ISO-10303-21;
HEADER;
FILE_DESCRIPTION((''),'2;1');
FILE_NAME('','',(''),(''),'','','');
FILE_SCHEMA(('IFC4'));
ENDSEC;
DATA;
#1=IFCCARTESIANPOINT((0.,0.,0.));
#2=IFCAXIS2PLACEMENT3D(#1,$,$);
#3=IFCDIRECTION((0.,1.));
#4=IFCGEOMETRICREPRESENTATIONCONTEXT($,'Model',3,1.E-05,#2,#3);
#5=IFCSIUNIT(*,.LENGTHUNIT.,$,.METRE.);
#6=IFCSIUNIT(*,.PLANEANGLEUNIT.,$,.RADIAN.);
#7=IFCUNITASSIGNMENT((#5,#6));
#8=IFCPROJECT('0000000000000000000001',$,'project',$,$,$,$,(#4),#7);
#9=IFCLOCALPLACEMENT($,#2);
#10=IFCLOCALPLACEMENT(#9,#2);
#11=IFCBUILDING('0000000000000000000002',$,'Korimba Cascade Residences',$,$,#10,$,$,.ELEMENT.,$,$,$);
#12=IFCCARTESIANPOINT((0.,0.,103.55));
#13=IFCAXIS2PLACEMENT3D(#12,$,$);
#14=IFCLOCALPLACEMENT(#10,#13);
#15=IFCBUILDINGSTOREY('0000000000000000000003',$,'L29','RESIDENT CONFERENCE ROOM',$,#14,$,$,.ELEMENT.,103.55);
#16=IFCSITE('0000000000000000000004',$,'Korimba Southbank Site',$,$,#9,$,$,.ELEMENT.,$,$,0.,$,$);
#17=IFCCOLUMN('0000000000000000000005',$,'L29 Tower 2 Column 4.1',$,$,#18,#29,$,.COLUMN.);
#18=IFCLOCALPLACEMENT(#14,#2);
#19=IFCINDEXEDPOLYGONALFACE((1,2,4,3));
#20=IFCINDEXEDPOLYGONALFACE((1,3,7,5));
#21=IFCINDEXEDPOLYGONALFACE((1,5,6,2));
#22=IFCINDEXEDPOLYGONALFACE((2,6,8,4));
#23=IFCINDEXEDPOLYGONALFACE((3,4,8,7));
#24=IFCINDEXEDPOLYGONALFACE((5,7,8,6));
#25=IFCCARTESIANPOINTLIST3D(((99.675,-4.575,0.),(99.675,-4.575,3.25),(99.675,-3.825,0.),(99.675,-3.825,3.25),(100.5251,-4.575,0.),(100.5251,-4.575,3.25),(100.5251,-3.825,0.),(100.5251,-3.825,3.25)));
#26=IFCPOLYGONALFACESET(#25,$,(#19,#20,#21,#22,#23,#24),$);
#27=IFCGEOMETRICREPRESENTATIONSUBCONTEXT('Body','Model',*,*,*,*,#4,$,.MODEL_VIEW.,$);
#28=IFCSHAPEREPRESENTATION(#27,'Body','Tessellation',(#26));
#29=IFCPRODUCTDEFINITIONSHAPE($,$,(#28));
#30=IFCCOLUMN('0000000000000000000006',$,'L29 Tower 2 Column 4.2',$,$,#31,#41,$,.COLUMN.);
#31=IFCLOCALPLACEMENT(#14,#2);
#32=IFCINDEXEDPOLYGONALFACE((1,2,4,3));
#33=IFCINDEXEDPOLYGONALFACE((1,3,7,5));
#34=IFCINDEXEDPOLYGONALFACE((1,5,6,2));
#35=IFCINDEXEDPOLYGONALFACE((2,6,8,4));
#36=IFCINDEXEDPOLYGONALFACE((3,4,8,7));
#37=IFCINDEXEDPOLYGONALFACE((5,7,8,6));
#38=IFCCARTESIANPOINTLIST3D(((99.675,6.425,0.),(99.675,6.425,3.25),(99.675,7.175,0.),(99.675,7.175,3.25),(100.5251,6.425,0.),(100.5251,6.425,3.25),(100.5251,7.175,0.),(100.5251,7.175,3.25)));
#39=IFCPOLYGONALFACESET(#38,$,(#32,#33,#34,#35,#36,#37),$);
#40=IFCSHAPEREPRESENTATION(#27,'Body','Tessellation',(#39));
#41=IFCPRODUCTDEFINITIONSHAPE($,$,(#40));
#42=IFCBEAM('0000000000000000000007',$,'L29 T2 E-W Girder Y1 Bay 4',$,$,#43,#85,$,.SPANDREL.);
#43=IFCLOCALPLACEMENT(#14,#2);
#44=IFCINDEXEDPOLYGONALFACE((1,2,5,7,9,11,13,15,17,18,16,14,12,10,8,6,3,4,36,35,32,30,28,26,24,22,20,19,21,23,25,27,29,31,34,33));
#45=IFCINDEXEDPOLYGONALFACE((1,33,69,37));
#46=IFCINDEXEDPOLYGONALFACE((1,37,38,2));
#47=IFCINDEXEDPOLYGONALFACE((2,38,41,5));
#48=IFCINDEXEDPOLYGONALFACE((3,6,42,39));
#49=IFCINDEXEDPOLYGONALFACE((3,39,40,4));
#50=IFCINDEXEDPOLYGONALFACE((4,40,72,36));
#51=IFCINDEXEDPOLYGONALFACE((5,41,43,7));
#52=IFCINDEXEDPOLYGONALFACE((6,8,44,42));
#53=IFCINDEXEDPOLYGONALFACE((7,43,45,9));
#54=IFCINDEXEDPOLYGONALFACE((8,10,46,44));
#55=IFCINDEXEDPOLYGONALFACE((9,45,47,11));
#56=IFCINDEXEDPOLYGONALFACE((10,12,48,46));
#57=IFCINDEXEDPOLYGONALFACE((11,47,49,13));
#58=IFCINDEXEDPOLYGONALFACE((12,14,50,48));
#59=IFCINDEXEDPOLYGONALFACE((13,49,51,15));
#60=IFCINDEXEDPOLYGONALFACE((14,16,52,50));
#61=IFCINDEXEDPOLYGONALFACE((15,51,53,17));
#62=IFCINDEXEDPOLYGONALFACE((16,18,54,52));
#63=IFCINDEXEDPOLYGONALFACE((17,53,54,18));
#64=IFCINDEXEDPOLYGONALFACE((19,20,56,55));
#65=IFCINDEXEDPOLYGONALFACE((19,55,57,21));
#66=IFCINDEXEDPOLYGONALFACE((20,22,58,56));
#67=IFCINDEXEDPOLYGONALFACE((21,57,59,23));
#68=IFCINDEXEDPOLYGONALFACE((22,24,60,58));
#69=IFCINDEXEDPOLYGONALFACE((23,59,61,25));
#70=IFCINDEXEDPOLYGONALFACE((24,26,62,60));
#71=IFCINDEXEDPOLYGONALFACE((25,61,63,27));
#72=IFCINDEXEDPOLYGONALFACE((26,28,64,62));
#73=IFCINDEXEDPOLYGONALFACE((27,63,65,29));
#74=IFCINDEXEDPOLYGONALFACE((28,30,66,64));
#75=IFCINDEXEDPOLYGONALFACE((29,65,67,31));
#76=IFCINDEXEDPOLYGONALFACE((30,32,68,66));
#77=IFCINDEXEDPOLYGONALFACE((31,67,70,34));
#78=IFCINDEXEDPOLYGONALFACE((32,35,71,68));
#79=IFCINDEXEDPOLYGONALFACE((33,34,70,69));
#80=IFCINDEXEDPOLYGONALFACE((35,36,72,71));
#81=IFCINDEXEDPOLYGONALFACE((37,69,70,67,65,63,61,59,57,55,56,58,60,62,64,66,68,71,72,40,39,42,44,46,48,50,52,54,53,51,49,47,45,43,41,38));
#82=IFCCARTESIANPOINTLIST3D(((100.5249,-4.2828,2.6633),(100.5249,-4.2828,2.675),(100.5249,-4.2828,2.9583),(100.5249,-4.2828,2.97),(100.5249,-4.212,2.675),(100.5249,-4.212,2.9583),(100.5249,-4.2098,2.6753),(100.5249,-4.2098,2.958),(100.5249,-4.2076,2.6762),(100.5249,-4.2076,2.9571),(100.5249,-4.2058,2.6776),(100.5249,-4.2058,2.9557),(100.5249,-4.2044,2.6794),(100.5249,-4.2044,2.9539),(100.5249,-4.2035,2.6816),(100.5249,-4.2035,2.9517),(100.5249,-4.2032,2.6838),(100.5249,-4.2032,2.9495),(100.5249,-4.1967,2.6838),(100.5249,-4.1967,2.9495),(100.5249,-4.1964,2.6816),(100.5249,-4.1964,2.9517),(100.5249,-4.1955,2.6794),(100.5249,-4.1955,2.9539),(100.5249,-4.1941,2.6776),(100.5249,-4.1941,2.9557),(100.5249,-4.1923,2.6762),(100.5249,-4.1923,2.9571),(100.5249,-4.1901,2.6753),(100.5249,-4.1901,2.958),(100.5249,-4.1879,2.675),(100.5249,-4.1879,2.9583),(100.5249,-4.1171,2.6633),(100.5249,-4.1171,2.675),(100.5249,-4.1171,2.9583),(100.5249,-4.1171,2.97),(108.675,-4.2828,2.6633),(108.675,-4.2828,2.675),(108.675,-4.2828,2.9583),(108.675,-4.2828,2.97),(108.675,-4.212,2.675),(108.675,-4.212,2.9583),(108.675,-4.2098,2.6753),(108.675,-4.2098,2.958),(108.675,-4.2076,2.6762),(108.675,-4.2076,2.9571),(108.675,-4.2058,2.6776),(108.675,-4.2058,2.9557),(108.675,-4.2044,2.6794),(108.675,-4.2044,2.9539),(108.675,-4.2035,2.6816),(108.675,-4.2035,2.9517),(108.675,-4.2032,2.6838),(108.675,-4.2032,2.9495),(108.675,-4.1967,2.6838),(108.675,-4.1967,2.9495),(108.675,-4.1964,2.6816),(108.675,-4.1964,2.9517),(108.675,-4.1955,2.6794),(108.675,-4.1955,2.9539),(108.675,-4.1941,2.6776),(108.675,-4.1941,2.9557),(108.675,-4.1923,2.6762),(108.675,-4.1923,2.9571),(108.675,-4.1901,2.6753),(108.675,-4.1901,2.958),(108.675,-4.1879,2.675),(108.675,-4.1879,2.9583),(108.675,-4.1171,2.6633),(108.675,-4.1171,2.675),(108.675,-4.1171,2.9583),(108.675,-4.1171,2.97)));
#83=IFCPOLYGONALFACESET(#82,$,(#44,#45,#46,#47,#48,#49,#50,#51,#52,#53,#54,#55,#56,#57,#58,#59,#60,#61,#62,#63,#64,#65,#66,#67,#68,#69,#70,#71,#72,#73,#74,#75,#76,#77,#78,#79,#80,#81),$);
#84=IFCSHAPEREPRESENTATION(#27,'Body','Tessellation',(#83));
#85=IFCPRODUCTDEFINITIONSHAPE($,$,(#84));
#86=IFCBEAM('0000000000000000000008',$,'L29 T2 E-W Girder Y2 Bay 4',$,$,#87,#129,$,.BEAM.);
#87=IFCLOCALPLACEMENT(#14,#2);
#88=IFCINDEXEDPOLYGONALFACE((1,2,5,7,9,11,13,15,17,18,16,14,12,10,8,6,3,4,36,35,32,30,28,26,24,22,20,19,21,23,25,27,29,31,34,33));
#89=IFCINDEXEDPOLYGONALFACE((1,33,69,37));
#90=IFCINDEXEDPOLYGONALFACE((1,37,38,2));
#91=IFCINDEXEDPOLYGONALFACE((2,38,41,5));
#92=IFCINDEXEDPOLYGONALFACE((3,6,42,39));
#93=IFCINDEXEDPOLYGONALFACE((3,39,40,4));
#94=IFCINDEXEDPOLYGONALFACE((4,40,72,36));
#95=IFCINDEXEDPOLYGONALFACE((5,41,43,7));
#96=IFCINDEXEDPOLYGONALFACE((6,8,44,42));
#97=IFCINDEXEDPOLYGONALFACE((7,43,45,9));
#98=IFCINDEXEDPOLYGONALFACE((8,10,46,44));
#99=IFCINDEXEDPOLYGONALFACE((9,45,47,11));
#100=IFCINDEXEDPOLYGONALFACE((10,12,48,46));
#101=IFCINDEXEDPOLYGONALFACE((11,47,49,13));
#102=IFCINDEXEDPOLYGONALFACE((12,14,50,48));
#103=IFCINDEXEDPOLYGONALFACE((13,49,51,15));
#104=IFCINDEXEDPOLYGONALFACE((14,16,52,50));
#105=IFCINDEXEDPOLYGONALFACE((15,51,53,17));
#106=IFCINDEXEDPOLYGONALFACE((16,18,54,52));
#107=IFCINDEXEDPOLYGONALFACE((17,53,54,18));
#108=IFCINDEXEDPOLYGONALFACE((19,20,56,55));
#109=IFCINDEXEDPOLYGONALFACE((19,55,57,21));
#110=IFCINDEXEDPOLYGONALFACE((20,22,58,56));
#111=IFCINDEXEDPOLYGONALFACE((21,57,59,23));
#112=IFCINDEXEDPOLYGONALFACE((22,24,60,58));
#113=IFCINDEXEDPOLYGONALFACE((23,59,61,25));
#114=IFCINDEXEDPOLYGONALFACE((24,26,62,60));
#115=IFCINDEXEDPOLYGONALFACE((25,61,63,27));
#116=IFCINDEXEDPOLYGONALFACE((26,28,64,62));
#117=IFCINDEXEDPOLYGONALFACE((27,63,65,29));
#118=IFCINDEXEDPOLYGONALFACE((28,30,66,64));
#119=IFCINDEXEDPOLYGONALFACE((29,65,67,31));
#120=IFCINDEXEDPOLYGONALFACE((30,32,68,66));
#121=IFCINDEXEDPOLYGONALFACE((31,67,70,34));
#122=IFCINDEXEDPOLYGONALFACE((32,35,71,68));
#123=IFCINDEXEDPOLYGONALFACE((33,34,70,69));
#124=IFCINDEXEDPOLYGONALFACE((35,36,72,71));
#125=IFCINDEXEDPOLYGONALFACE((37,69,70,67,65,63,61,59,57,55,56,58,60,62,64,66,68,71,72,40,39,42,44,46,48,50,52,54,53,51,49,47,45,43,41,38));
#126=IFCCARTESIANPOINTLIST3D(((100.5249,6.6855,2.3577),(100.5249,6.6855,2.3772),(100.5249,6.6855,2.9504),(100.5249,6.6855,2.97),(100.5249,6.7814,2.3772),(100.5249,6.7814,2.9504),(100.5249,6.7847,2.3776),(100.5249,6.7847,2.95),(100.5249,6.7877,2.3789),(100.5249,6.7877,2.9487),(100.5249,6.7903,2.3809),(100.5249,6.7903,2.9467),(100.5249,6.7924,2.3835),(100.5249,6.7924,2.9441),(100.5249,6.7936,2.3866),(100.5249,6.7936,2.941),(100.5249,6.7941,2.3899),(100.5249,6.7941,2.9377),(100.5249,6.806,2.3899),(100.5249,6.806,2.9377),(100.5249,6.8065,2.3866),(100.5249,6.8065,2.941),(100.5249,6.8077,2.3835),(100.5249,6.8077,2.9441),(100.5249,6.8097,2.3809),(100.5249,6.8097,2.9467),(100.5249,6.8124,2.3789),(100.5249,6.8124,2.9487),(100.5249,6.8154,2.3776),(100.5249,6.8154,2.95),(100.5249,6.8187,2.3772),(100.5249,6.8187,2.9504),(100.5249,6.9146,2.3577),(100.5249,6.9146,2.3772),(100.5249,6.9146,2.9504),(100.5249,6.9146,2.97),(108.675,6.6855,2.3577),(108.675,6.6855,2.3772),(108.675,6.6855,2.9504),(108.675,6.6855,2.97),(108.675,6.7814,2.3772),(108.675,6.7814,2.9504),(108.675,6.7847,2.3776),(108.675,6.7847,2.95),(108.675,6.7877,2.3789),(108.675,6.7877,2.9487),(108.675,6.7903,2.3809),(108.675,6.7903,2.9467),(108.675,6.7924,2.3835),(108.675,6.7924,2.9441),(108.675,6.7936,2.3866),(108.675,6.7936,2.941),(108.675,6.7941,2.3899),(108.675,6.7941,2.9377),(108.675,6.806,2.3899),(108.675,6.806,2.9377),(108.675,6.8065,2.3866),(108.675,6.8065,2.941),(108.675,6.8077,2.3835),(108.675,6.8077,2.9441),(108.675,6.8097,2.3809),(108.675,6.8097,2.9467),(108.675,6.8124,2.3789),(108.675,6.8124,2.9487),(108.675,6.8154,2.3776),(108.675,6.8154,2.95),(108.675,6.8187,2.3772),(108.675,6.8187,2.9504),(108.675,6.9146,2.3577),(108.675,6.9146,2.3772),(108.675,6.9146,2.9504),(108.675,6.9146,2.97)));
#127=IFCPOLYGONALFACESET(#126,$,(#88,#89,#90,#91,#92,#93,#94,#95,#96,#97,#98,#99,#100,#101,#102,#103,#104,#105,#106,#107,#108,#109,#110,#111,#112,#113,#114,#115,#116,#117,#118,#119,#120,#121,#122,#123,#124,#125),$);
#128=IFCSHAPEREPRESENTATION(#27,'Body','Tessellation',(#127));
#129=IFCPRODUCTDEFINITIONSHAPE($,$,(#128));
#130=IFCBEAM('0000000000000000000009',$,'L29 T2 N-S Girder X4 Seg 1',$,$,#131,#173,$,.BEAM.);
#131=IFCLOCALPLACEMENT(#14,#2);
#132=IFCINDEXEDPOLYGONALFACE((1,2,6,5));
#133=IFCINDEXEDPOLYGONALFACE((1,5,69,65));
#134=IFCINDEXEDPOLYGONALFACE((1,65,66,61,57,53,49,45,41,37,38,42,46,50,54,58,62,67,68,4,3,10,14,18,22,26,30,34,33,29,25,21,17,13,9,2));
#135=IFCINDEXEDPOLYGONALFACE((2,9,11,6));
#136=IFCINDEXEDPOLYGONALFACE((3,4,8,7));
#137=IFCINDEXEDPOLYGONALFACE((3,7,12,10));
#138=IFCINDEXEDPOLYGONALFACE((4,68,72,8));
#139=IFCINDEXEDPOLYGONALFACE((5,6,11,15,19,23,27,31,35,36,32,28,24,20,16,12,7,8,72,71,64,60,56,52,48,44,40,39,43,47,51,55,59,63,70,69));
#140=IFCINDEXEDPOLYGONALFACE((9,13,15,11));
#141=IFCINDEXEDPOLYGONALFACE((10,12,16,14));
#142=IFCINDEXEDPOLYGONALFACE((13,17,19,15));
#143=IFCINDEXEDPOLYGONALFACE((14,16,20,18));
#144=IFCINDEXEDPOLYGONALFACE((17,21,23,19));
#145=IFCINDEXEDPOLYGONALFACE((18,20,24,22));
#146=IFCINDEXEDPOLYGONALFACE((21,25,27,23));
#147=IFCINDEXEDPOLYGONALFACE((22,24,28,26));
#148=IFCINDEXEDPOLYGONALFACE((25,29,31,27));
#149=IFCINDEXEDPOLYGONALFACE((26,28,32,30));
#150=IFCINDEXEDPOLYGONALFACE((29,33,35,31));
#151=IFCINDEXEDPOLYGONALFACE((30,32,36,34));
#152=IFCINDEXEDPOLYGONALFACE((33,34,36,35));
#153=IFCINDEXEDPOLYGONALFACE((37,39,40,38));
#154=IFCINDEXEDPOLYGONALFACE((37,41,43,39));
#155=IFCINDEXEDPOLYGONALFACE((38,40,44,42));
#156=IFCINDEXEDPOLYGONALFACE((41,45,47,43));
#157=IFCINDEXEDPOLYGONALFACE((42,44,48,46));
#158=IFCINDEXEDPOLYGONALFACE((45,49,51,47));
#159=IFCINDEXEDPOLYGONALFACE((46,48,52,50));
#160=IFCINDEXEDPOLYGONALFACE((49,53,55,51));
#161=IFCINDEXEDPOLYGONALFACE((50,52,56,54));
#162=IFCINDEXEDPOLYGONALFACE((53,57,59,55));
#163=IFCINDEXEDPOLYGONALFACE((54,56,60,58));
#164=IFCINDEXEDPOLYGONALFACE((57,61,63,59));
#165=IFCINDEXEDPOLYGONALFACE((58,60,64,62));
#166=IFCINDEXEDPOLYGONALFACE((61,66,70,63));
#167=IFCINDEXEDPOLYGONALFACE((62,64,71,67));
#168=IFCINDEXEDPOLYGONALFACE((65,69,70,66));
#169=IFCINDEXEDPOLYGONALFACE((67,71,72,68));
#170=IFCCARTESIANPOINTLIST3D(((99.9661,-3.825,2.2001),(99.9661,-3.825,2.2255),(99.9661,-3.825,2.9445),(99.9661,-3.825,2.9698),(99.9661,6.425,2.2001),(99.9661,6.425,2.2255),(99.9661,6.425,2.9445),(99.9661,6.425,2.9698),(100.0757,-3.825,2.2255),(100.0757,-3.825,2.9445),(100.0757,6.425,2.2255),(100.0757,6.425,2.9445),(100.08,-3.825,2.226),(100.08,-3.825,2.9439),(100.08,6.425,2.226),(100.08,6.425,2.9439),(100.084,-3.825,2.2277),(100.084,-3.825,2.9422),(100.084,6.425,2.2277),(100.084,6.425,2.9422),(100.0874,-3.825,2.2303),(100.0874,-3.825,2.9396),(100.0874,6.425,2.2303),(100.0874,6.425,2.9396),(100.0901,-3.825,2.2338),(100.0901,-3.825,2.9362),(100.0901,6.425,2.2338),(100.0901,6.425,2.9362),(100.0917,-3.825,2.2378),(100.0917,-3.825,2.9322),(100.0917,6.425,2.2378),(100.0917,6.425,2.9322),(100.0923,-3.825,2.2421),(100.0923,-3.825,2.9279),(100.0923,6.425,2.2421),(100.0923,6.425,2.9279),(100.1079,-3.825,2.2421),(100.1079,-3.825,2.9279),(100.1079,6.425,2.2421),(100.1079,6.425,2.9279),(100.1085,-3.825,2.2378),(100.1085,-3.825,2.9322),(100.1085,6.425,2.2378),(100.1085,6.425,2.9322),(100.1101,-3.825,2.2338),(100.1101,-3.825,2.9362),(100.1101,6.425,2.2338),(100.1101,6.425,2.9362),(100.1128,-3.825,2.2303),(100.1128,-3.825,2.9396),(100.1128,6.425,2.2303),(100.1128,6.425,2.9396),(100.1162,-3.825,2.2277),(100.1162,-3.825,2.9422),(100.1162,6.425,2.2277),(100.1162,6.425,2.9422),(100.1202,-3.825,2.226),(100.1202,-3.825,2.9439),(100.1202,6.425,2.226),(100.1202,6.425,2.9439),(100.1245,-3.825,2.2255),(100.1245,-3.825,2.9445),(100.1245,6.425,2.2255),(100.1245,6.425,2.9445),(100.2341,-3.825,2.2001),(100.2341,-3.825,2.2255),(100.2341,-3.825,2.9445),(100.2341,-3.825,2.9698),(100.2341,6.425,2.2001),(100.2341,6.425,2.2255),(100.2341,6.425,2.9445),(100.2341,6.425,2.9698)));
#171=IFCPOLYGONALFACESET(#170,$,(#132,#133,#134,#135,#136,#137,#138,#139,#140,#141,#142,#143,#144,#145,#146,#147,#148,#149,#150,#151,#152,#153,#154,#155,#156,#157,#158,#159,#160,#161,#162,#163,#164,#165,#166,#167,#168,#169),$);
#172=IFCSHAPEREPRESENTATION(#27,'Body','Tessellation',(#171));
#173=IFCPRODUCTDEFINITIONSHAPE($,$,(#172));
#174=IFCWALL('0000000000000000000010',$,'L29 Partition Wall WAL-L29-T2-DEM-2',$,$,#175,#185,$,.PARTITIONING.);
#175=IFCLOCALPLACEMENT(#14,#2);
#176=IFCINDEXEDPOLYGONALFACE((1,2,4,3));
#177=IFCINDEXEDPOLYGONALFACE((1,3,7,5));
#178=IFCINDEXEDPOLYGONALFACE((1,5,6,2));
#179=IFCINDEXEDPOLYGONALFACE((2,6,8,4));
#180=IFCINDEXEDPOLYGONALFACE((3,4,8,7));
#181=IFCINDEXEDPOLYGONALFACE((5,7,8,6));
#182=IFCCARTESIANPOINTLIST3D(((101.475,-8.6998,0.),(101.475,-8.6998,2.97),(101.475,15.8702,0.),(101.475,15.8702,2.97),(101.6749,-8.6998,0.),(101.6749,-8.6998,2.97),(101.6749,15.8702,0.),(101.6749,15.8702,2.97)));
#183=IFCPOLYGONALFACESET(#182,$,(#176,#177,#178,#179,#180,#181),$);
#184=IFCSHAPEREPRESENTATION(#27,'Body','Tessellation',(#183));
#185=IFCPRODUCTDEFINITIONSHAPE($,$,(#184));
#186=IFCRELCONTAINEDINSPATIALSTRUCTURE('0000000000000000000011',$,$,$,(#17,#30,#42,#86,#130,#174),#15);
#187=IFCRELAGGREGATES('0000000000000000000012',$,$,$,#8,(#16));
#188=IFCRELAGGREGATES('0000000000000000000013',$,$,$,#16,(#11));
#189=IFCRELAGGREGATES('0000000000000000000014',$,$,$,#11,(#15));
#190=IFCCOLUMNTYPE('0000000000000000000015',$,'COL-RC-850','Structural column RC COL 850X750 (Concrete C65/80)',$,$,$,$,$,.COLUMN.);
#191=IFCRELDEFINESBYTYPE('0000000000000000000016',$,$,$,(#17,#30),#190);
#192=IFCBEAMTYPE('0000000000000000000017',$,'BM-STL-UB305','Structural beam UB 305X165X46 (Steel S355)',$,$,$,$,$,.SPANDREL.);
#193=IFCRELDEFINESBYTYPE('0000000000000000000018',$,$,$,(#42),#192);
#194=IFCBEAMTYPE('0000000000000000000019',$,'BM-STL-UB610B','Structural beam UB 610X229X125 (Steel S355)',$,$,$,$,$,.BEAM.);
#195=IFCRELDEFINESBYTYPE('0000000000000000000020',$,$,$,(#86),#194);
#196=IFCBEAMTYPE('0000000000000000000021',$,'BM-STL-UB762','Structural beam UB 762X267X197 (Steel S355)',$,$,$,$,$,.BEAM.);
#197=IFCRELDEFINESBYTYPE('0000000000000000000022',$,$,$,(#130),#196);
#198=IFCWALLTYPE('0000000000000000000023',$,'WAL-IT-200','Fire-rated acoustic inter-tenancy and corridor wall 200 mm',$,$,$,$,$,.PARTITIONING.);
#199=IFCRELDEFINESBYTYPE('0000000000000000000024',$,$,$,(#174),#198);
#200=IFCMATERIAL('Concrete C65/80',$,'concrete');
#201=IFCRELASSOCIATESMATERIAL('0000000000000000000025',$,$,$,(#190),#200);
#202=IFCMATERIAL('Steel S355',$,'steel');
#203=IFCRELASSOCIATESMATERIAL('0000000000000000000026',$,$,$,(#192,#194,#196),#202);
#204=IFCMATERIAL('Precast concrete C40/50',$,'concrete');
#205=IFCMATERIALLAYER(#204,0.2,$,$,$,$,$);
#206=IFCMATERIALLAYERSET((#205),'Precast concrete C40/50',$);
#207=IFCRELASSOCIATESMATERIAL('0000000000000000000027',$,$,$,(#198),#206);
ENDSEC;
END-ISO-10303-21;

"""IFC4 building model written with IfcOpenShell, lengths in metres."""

from ifc_helpers import new_model, si_unit, direction, frame, frame_2d, origin, origin_2d, place, context, subcontext, project, spatial, rectangle, i_section, extrude, material, layer, layer_set, material_profile, profile_set, type_object, element, save


model = new_model("IFC4")

# Units and contexts
model_context = context("Model", 3, precision=1e-05, world=origin(), true_north=direction((0.0, 1.0)))
body_context = subcontext(model_context, "Body", "Model", "MODEL_VIEW")
ifc_project = project(units=[si_unit("LENGTHUNIT", "METRE"), si_unit("PLANEANGLEUNIT", "RADIAN")], contexts=[model_context])

# Site, building, storey
site_placement = place(None, origin())
site = spatial("IfcSite", under=ifc_project, at=site_placement, Name="Korimba Southbank Site", CompositionType="ELEMENT", RefElevation=0.0)
building_placement = place(site_placement, origin())
building = spatial("IfcBuilding", under=site, at=building_placement, Name="Korimba Cascade Residences", CompositionType="ELEMENT")
storey_placement = place(building_placement, frame((0.0, 0.0, 103.55)))
storey = spatial("IfcBuildingStorey", under=building, at=storey_placement, Name="L29", Description="RESIDENT CONFERENCE ROOM", CompositionType="ELEMENT", Elevation=103.55)

# Columns
ifc_material_1 = material(Name="Concrete C65/80", Category="concrete")
ifc_material_profile_1 = material_profile(ifc_material_1, rectangle(XDim=0.8501, YDim=0.75, at=origin_2d()), Name="Concrete C65/80")
ifc_profile_set_1 = profile_set([ifc_material_profile_1], Name="Concrete C65/80")
column_type = type_object("IfcColumnType", Name="COL-RC-850", Description="Structural column RC COL 850X750 (Concrete C65/80)", PredefinedType="COLUMN", material=ifc_profile_set_1)
for number, where, z_axis, x_axis, name in (
    (1, (100.1001, -4.2, 0.0), (0.0, 0.0, 1.0), (1.0, 0.0, 0.0), "L29 Tower 2 Column 4.1"),
    (2, (100.1001, 6.8, 0.0), (0.0, 0.0, 1.0), (1.0, 0.0, 0.0), "L29 Tower 2 Column 4.2"),
):
    element("IfcColumn", number, at=place(storey_placement, frame(where, z_axis=z_axis, x_axis=x_axis)), inside=storey, type_object=column_type, Name=name, PredefinedType="COLUMN", context=body_context, shape_type="SweptSolid", body=[
        extrude(rectangle(XDim=0.8501, YDim=0.75, at=origin_2d()), origin(), (0.0, 0.0, 1.0), 3.25),
    ])

# Beams
ifc_material_2 = material(Name="Steel S355", Category="steel")
ifc_material_profile_2 = material_profile(ifc_material_2, i_section(OverallWidth=0.1658, OverallDepth=0.3066, WebThickness=0.0066, FlangeThickness=0.0117, FilletRadius=0.0088, at=origin_2d()), Name="Steel S355")
ifc_profile_set_2 = profile_set([ifc_material_profile_2], Name="Steel S355")
beam_type_1 = type_object("IfcBeamType", Name="BM-STL-UB305", Description="Structural beam UB 305X165X46 (Steel S355)", PredefinedType="SPANDREL", material=ifc_profile_set_2)
beam_1_placement = place(storey_placement, frame((100.5249, -4.2, 2.8167), z_axis=(1.0, 0.0, 0.0), x_axis=(0.0, 1.0, 0.0)))
element("IfcBeam", 3, at=beam_1_placement, inside=storey, type_object=beam_type_1, Name="L29 T2 E-W Girder Y1 Bay 4", PredefinedType="SPANDREL", context=body_context, shape_type="SweptSolid", body=[
    extrude(i_section(OverallWidth=0.1658, OverallDepth=0.3066, WebThickness=0.0066, FlangeThickness=0.0117, FilletRadius=0.0088, at=origin_2d()), origin(), (0.0, 0.0, 1.0), 8.1501),
])
ifc_material_profile_3 = material_profile(ifc_material_2, i_section(OverallWidth=0.229, OverallDepth=0.6123, WebThickness=0.012, FlangeThickness=0.0195, FilletRadius=0.0127, at=origin_2d()), Name="Steel S355")
ifc_profile_set_3 = profile_set([ifc_material_profile_3], Name="Steel S355")
beam_type_2 = type_object("IfcBeamType", Name="BM-STL-UB610B", Description="Structural beam UB 610X229X125 (Steel S355)", PredefinedType="BEAM", material=ifc_profile_set_3)
beam_2_placement = place(storey_placement, frame((100.5249, 6.8, 2.6638), z_axis=(1.0, 0.0, 0.0), x_axis=(0.0, 1.0, 0.0)))
element("IfcBeam", 4, at=beam_2_placement, inside=storey, type_object=beam_type_2, Name="L29 T2 E-W Girder Y2 Bay 4", PredefinedType="BEAM", context=body_context, shape_type="SweptSolid", body=[
    extrude(i_section(OverallWidth=0.229, OverallDepth=0.6123, WebThickness=0.012, FlangeThickness=0.0195, FilletRadius=0.0127, at=origin_2d()), origin(), (0.0, 0.0, 1.0), 8.1501),
])
ifc_material_profile_4 = material_profile(ifc_material_2, i_section(OverallWidth=0.2681, OverallDepth=0.7698, WebThickness=0.0156, FlangeThickness=0.0254, FilletRadius=0.0166, at=origin_2d()), Name="Steel S355")
ifc_profile_set_4 = profile_set([ifc_material_profile_4], Name="Steel S355")
beam_type_3 = type_object("IfcBeamType", Name="BM-STL-UB762", Description="Structural beam UB 762X267X197 (Steel S355)", PredefinedType="BEAM", material=ifc_profile_set_4)
beam_3_placement = place(storey_placement, frame((100.1001, -3.825, 2.585), z_axis=(0.0, 1.0, 0.0), x_axis=(-1.0, 0.0, 0.0)))
element("IfcBeam", 5, at=beam_3_placement, inside=storey, type_object=beam_type_3, Name="L29 T2 N-S Girder X4 Seg 1", PredefinedType="BEAM", context=body_context, shape_type="SweptSolid", body=[
    extrude(i_section(OverallWidth=0.2681, OverallDepth=0.7698, WebThickness=0.0156, FlangeThickness=0.0254, FilletRadius=0.0166, at=origin_2d()), origin(), (0.0, 0.0, 1.0), 10.25),
])

# Wall
ifc_material_3 = material(Name="Precast concrete C40/50", Category="concrete")
ifc_layer_1 = layer(ifc_material_3, 0.2)
ifc_layer_set_1 = layer_set([ifc_layer_1], Name="Precast concrete C40/50")
wall_type_1 = type_object("IfcWallType", Name="WAL-IT-200", Description="Fire-rated acoustic inter-tenancy and corridor wall 200 mm", PredefinedType="PARTITIONING", material=ifc_layer_set_1)
wall_1_placement = place(storey_placement, frame((101.575, -8.7, 0.0), z_axis=(0.0, 0.0, 1.0), x_axis=(0.0, 1.0, 0.0)))
element("IfcWall", 6, at=wall_1_placement, inside=storey, type_object=wall_type_1, Name="L29 Partition Wall WAL-L29-T2-DEM-2", PredefinedType="PARTITIONING", context=body_context, shape_type="SweptSolid", body=[
    extrude(rectangle(XDim=24.5701, YDim=0.2, at=frame_2d((12.2852, 0.0))), origin(), (0.0, 0.0, 1.0), 2.97),
])

save(model, "model.ifc")
